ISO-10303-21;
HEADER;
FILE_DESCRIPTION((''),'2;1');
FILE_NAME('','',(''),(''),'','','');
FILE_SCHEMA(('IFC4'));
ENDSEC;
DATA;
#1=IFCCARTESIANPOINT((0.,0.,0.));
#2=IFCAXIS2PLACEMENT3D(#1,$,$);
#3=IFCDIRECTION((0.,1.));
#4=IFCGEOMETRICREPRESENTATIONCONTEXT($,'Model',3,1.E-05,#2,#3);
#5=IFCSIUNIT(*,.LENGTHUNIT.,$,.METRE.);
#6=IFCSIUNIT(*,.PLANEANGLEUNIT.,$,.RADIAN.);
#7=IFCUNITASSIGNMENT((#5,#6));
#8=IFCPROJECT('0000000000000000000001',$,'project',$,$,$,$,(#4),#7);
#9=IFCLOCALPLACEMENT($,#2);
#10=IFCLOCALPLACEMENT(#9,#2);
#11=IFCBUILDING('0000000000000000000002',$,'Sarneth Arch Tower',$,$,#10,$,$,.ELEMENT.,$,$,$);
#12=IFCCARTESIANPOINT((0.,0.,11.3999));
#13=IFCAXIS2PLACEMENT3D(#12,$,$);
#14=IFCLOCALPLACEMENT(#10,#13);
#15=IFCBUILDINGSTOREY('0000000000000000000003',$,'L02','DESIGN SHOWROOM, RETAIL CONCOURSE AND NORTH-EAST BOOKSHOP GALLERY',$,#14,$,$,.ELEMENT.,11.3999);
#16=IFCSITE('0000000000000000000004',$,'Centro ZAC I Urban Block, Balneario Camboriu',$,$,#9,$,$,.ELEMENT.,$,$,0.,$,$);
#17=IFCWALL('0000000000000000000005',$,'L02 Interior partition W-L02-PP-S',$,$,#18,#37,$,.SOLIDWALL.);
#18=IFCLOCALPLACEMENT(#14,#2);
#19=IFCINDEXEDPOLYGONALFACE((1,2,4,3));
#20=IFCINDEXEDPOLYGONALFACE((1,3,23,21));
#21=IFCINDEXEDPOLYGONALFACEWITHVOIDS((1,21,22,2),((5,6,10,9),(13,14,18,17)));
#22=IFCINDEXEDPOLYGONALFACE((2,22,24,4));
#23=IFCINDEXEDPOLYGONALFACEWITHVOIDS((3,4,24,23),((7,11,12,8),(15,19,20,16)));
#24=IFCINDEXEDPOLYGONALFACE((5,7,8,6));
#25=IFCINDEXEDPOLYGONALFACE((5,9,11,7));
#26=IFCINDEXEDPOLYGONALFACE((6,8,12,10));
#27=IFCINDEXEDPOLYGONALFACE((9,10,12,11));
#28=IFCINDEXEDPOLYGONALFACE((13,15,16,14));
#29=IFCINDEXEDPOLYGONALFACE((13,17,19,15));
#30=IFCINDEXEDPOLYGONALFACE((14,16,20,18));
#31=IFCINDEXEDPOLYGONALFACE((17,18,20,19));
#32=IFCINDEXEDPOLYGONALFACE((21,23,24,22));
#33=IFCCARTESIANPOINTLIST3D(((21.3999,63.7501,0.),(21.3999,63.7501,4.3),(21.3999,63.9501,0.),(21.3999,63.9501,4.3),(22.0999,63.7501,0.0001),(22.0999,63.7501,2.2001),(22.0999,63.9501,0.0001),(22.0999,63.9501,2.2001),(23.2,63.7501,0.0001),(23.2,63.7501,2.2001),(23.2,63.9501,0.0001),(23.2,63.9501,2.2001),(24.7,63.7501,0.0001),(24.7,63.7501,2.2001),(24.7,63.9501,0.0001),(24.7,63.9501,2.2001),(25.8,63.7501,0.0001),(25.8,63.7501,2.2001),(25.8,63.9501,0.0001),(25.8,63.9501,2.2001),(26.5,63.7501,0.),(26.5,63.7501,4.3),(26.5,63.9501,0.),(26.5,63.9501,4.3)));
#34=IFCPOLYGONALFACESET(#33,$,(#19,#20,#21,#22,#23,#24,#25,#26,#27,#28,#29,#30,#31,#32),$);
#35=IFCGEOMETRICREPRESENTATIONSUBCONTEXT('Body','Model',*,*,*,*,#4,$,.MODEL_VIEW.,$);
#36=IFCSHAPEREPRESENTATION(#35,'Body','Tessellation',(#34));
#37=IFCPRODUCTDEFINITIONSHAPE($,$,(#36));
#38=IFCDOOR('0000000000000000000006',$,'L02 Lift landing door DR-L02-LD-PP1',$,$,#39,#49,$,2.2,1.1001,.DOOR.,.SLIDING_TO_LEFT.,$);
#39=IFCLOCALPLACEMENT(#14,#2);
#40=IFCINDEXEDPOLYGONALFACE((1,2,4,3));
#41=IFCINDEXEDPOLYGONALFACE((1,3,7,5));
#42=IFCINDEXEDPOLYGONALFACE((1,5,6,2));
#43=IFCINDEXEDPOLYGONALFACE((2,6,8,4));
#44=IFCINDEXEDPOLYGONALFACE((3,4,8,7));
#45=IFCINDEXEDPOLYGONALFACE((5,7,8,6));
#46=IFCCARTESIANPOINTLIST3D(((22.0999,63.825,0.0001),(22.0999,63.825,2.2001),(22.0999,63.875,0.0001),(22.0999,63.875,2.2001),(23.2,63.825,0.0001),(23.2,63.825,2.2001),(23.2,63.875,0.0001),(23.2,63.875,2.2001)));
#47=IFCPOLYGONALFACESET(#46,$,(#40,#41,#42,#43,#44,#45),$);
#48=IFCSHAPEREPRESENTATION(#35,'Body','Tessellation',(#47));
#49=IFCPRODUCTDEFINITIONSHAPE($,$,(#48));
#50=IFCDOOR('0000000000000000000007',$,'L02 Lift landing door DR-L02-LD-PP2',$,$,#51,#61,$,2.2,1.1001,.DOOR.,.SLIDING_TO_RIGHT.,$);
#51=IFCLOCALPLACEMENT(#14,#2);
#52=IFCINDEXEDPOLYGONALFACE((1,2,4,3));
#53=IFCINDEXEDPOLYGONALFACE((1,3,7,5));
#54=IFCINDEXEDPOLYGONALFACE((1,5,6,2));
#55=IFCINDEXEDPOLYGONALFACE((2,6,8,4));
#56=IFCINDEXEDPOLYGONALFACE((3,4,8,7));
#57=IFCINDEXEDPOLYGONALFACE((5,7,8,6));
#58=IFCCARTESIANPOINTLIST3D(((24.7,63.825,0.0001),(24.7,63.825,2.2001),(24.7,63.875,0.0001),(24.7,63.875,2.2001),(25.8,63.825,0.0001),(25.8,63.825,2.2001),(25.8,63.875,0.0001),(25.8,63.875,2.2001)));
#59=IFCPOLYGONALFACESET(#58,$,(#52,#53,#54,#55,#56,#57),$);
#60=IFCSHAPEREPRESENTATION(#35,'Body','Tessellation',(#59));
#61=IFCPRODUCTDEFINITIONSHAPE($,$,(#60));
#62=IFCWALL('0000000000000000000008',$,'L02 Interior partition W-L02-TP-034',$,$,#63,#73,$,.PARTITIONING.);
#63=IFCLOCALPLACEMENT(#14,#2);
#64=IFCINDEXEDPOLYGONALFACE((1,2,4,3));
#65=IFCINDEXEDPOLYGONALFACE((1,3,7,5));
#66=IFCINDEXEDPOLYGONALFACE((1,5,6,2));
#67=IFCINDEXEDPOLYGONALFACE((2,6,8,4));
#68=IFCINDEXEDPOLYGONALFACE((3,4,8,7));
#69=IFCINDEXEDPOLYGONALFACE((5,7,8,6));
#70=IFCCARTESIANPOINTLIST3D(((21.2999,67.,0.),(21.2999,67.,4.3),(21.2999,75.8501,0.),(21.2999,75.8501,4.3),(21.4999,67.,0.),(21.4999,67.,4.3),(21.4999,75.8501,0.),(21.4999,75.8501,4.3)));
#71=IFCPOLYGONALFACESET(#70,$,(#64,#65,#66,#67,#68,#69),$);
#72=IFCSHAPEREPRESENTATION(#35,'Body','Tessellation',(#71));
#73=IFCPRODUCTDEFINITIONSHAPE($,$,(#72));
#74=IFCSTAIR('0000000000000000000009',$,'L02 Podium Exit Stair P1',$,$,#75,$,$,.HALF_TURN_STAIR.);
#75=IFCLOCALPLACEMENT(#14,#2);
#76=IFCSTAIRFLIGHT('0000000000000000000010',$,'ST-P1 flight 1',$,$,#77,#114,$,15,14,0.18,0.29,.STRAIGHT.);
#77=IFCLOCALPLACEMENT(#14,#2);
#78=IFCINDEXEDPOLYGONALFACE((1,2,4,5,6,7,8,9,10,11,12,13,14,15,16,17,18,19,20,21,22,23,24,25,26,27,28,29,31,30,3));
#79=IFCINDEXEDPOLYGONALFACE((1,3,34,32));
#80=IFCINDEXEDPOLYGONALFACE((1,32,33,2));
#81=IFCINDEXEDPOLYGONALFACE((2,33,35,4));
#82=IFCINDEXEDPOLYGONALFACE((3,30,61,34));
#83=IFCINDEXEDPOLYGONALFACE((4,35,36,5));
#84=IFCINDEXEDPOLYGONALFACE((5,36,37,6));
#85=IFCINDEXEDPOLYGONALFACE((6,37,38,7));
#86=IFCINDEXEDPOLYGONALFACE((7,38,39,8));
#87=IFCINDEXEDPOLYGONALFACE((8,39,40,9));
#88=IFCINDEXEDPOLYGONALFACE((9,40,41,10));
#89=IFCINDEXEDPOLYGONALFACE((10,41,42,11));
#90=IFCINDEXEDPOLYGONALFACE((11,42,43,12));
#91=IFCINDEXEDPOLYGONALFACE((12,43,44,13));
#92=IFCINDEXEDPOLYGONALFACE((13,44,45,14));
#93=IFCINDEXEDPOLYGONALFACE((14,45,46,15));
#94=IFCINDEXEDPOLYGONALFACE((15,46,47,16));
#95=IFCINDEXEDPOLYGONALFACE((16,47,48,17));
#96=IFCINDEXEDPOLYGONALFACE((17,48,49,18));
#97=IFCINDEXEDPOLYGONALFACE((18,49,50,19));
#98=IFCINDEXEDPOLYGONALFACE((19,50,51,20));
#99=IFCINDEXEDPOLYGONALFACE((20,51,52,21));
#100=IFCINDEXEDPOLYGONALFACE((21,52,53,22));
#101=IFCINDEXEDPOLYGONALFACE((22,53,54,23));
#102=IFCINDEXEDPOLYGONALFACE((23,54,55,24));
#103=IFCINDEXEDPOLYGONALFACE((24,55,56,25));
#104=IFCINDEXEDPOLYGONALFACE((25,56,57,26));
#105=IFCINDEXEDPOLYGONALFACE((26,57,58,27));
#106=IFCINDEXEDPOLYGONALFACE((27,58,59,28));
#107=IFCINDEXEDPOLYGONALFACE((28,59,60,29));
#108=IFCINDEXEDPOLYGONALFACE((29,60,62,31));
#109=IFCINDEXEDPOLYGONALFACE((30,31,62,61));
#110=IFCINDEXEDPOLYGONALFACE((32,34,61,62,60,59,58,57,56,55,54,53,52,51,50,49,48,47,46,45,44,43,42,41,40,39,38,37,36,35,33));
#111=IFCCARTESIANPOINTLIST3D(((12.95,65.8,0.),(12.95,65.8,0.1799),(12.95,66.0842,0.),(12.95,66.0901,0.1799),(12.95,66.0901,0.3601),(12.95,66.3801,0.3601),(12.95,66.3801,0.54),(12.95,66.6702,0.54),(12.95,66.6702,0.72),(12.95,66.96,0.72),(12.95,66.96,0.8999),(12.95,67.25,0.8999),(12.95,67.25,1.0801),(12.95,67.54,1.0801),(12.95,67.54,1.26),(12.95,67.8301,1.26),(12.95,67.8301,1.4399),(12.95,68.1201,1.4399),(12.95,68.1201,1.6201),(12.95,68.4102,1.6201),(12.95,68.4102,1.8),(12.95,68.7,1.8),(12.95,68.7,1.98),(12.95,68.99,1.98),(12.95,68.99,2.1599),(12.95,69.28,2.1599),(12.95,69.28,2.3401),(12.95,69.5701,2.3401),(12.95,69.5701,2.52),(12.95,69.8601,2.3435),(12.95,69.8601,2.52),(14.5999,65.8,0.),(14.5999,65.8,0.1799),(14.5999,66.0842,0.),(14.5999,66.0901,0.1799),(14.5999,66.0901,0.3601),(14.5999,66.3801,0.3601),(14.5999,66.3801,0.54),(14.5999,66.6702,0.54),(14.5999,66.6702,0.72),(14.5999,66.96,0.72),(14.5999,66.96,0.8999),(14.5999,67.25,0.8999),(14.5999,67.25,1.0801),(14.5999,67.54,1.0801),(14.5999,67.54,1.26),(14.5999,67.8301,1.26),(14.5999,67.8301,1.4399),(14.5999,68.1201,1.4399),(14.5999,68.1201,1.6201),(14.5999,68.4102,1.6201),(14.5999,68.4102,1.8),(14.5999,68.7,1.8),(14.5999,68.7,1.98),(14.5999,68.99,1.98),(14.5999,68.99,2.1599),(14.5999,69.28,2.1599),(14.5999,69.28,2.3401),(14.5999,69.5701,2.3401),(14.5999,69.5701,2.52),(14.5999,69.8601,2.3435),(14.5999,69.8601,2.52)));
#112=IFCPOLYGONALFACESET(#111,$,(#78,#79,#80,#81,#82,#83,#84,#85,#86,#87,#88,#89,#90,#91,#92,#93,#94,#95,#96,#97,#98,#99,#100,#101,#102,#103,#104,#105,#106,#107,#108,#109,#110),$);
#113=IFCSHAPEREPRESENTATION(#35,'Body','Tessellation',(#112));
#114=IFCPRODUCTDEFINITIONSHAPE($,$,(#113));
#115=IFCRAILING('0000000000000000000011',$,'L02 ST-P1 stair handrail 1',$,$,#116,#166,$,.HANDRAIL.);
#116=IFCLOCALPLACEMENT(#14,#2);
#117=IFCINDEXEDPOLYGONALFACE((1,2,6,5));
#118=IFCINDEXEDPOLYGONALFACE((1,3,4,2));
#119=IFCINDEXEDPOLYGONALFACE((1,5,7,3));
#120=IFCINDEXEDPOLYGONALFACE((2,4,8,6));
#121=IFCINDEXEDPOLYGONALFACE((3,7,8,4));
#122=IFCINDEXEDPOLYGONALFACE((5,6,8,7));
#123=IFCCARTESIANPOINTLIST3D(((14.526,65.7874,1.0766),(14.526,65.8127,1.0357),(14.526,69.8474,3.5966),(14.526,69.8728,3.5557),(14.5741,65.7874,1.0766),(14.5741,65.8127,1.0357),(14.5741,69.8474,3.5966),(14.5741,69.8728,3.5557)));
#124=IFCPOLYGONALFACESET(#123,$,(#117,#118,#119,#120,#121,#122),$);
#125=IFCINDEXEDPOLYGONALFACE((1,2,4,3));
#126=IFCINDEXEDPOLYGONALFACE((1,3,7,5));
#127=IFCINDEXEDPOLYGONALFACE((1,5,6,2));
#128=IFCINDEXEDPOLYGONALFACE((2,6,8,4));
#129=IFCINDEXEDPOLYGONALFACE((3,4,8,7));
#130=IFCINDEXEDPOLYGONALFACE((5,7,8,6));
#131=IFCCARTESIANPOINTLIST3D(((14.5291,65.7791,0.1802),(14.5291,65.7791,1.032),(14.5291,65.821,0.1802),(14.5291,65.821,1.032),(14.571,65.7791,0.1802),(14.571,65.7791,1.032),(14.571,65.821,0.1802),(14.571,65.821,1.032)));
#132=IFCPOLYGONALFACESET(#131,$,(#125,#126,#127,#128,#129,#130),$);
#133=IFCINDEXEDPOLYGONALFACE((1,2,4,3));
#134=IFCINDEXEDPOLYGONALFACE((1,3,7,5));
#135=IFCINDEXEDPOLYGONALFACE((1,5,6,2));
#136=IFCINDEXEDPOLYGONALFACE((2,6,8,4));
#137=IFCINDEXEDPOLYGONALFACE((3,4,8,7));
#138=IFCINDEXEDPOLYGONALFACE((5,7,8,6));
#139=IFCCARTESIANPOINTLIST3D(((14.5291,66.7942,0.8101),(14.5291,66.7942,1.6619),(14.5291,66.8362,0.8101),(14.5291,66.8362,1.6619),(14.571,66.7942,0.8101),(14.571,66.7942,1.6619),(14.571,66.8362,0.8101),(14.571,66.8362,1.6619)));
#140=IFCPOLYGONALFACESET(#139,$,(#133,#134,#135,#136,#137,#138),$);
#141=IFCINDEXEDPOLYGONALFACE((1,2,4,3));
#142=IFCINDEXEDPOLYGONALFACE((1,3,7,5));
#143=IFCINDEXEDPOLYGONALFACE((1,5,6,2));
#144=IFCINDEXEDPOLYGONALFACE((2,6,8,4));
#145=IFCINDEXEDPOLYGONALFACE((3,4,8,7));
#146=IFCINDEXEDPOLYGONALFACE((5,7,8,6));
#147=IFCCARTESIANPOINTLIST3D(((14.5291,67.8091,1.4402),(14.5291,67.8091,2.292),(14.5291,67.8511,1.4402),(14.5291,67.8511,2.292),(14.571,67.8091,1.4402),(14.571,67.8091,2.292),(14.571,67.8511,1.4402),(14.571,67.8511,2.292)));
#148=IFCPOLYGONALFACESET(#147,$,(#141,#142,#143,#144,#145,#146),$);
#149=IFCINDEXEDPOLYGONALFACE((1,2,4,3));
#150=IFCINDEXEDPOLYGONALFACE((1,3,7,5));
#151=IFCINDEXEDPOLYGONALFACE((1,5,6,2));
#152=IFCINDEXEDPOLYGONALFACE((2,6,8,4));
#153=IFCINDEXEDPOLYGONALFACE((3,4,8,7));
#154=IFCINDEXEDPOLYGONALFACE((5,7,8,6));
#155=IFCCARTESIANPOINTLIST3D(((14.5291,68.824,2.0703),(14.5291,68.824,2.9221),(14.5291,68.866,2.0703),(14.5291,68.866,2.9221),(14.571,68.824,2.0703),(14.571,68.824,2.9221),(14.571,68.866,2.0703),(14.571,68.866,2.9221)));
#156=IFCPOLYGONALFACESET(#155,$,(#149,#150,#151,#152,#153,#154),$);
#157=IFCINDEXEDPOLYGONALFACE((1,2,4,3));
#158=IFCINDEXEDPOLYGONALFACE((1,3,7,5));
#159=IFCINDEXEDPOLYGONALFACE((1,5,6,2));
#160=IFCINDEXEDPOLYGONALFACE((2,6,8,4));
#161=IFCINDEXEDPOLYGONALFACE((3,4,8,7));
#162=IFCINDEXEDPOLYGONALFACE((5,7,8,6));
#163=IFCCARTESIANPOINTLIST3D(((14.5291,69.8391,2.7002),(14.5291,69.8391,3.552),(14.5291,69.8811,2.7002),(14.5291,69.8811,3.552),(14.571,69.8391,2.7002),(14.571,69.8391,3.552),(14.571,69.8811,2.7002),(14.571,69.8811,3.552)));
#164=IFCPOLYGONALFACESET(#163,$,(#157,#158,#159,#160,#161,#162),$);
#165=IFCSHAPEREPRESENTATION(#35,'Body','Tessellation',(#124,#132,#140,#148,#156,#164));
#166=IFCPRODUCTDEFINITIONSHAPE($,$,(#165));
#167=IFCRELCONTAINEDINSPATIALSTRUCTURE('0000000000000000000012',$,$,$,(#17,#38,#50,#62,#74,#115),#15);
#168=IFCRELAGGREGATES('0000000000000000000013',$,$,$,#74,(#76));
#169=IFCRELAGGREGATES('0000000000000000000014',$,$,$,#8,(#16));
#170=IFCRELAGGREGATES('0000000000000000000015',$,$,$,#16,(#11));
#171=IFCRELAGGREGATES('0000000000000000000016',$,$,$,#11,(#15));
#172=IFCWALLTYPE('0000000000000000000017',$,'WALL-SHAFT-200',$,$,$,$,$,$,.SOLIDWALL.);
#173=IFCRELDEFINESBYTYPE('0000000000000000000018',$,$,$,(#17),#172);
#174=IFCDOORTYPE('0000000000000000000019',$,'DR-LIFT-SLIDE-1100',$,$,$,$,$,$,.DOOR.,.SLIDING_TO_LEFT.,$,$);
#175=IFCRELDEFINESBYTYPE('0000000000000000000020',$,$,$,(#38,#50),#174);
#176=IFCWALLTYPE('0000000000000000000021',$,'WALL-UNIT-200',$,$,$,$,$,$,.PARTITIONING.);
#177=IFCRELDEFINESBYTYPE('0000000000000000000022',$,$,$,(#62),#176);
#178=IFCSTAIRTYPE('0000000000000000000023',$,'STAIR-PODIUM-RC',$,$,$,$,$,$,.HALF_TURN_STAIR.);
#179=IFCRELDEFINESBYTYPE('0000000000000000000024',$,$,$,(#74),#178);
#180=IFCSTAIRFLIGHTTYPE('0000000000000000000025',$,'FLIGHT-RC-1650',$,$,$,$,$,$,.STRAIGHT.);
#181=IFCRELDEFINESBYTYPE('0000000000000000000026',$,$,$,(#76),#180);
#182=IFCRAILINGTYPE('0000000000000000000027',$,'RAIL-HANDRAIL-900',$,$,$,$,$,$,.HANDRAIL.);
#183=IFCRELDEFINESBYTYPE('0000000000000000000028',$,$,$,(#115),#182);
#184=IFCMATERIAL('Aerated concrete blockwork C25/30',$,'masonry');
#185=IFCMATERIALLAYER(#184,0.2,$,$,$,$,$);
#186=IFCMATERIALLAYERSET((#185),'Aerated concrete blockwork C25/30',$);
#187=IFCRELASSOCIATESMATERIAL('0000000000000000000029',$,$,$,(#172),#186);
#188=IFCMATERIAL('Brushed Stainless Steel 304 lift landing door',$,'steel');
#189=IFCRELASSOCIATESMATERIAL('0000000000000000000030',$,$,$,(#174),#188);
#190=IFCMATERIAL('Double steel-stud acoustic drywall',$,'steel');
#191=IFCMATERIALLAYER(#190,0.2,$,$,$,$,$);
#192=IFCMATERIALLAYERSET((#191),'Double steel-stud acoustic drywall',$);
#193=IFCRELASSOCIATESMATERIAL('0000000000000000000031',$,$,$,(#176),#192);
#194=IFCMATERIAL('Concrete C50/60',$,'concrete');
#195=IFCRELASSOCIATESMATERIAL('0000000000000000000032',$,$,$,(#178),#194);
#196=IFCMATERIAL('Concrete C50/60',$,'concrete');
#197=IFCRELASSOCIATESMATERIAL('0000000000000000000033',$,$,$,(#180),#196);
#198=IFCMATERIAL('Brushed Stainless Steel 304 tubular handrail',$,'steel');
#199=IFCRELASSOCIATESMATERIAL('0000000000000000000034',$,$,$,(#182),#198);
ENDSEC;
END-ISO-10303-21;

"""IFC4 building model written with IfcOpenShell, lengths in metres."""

from ifc_helpers import new_model, si_unit, direction, frame, frame_2d, origin, origin_2d, place, context, subcontext, project, spatial, polyline, rectangle, outline, extrude, material, layer, layer_set, type_object, element, fill, aggregate, save


model = new_model("IFC4")

# Units and contexts
model_context = context("Model", 3, precision=1e-05, world=origin(), true_north=direction((0.0, 1.0)))
body_context = subcontext(model_context, "Body", "Model", "MODEL_VIEW")
ifc_project = project(units=[si_unit("LENGTHUNIT", "METRE"), si_unit("PLANEANGLEUNIT", "RADIAN")], contexts=[model_context])

# Site, building, storey
site_placement = place(None, origin())
site = spatial("IfcSite", under=ifc_project, at=site_placement, Name="Centro ZAC I Urban Block, Balneario Camboriu", CompositionType="ELEMENT", RefElevation=0.0)
building_placement = place(site_placement, origin())
building = spatial("IfcBuilding", under=site, at=building_placement, Name="Sarneth Arch Tower", CompositionType="ELEMENT")
storey_placement = place(building_placement, frame((0.0, 0.0, 11.3999)))
storey = spatial("IfcBuildingStorey", under=building, at=storey_placement, Name="L02", Description="DESIGN SHOWROOM, RETAIL CONCOURSE AND NORTH-EAST BOOKSHOP GALLERY", CompositionType="ELEMENT", Elevation=11.3999)

# Shared definitions
ifc_material_1 = material(Name="Aerated concrete blockwork C25/30", Category="masonry")
ifc_layer_1 = layer(ifc_material_1, 0.2)
ifc_layer_set_1 = layer_set([ifc_layer_1], Name="Aerated concrete blockwork C25/30")
wall_type_1 = type_object("IfcWallType", Name="WALL-SHAFT-200", PredefinedType="SOLIDWALL", material=ifc_layer_set_1)

# Wall, openings, doors
wall_1_placement = place(storey_placement, frame((21.3999, 63.8501, 0.0), z_axis=(0.0, 0.0, 1.0), x_axis=(1.0, 0.0, 0.0)))
wall_1 = element("IfcWall", 1, at=wall_1_placement, inside=storey, type_object=wall_type_1, Name="L02 Interior partition W-L02-PP-S", PredefinedType="SOLIDWALL", context=body_context, shape_type="SweptSolid", body=[
    extrude(rectangle(XDim=5.1001, YDim=0.2, at=frame_2d((2.55, 0.0))), origin(), (0.0, 0.0, 1.0), 4.3),
])
opening_1_placement = place(wall_1_placement, frame((0.7, 0.0, 0.0)))
opening_1 = element("IfcOpeningElement", 2, at=opening_1_placement, cuts=wall_1, PredefinedType="OPENING", context=body_context, shape_type="SweptSolid", body=[
    extrude(rectangle(XDim=1.1001, YDim=2.2, at=frame_2d((0.55, 1.1001))), frame((0.0, 0.1099, 0.0), z_axis=(0.0, -1.0, 0.0), x_axis=(1.0, 0.0, 0.0)), (0.0, 0.0, 1.0), 0.22),
])
opening_2_placement = place(wall_1_placement, frame((3.3, 0.0, 0.0)))
opening_2 = element("IfcOpeningElement", 3, at=opening_2_placement, cuts=wall_1, PredefinedType="OPENING", context=body_context, shape_type="SweptSolid", body=[
    extrude(rectangle(XDim=1.1001, YDim=2.2, at=frame_2d((0.55, 1.1001))), frame((0.0, 0.1099, 0.0), z_axis=(0.0, -1.0, 0.0), x_axis=(1.0, 0.0, 0.0)), (0.0, 0.0, 1.0), 0.22),
])
ifc_material_2 = material(Name="Brushed Stainless Steel 304 lift landing door", Category="steel")
door_type_1 = type_object("IfcDoorType", Name="DR-LIFT-SLIDE-1100", OperationType="SLIDING_TO_LEFT", PredefinedType="DOOR", material=ifc_material_2)
door_1_placement = place(opening_1_placement, origin())
door_1 = element("IfcDoor", 4, at=door_1_placement, inside=storey, type_object=door_type_1, Name="L02 Lift landing door DR-L02-LD-PP1", OperationType="SLIDING_TO_LEFT", OverallHeight=2.2, OverallWidth=1.1001, PredefinedType="DOOR", context=body_context, shape_type="SweptSolid", body=[
    extrude(rectangle(XDim=1.1001, YDim=2.2, at=frame_2d((0.55, 1.1001))), frame((0.0, 0.0249, 0.0), z_axis=(0.0, -1.0, 0.0), x_axis=(1.0, 0.0, 0.0)), (0.0, 0.0, 1.0), 0.05),
])
fill(opening_1, door_1)
door_2_placement = place(opening_2_placement, origin())
door_2 = element("IfcDoor", 5, at=door_2_placement, inside=storey, type_object=door_type_1, Name="L02 Lift landing door DR-L02-LD-PP2", OperationType="SLIDING_TO_RIGHT", OverallHeight=2.2, OverallWidth=1.1001, PredefinedType="DOOR", context=body_context, shape_type="SweptSolid", body=[
    extrude(rectangle(XDim=1.1001, YDim=2.2, at=frame_2d((0.55, 1.1001))), frame((0.0, 0.0249, 0.0), z_axis=(0.0, -1.0, 0.0), x_axis=(1.0, 0.0, 0.0)), (0.0, 0.0, 1.0), 0.05),
])
fill(opening_2, door_2)

# Wall
ifc_material_3 = material(Name="Double steel-stud acoustic drywall", Category="steel")
ifc_layer_2 = layer(ifc_material_3, 0.2)
ifc_layer_set_2 = layer_set([ifc_layer_2], Name="Double steel-stud acoustic drywall")
wall_type_2 = type_object("IfcWallType", Name="WALL-UNIT-200", PredefinedType="PARTITIONING", material=ifc_layer_set_2)
wall_2_placement = place(storey_placement, frame((21.3999, 67.0, 0.0), z_axis=(0.0, 0.0, 1.0), x_axis=(0.0, 1.0, 0.0)))
element("IfcWall", 6, at=wall_2_placement, inside=storey, type_object=wall_type_2, Name="L02 Interior partition W-L02-TP-034", PredefinedType="PARTITIONING", context=body_context, shape_type="SweptSolid", body=[
    extrude(rectangle(XDim=8.8501, YDim=0.2, at=frame_2d((4.425, 0.0))), origin(), (0.0, 0.0, 1.0), 4.3),
])

# Stair, stair flight
ifc_material_4 = material(Name="Concrete C50/60", Category="concrete")
stair_type = type_object("IfcStairType", Name="STAIR-PODIUM-RC", PredefinedType="HALF_TURN_STAIR", material=ifc_material_4)
stair_placement = place(storey_placement, origin())
stair = element("IfcStair", 7, at=stair_placement, inside=storey, type_object=stair_type, Name="L02 Podium Exit Stair P1", PredefinedType="HALF_TURN_STAIR")
ifc_material_5 = material(Name="Concrete C50/60", Category="concrete")
stair_flight_type = type_object("IfcStairFlightType", Name="FLIGHT-RC-1650", PredefinedType="STRAIGHT", material=ifc_material_5)
stair_flight_placement = place(storey_placement, frame((13.7749, 65.8, 0.0), z_axis=(0.0, 0.0, 1.0), x_axis=(0.0, 1.0, 0.0)))
stair_flight = element("IfcStairFlight", 8, at=stair_flight_placement, type_object=stair_flight_type, Name="ST-P1 flight 1", NumberOfRisers=15, NumberOfTreads=14, PredefinedType="STRAIGHT", RiserHeight=0.18, TreadLength=0.29, context=body_context, shape_type="SweptSolid", body=[
    extrude(outline(polyline([(0.0, 0.0), (0.0, 0.1799), (0.29, 0.1799), (0.29, 0.3601), (0.5801, 0.3601), (0.5801, 0.54), (0.8701, 0.54), (0.8701, 0.72), (1.1599, 0.72), (1.1599, 0.8999), (1.45, 0.8999), (1.45, 1.0801), (1.74, 1.0801), (1.74, 1.26), (2.03, 1.26), (2.03, 1.4399), (2.3201, 1.4399), (2.3201, 1.6201), (2.6101, 1.6201), (2.6101, 1.8), (2.8999, 1.8), (2.8999, 1.98), (3.1899, 1.98), (3.1899, 2.1599), (3.48, 2.1599), (3.48, 2.3401), (3.77, 2.3401), (3.77, 2.52), (4.0601, 2.52), (4.0601, 2.7), (4.0601, 2.3435), (0.2842, 0.0), (0.0, 0.0)])), frame((0.0, 0.825, 0.0), z_axis=(0.0, -1.0, 0.0), x_axis=(1.0, 0.0, 0.0)), (0.0, 0.0, 1.0), 1.6499),
])
aggregate(stair, [stair_flight])

# Railing
ifc_material_6 = material(Name="Brushed Stainless Steel 304 tubular handrail", Category="steel")
railing_type_1 = type_object("IfcRailingType", Name="RAIL-HANDRAIL-900", PredefinedType="HANDRAIL", material=ifc_material_6)
railing_1_placement = place(storey_placement, frame((14.55, 65.8, 0.1802)))
element("IfcRailing", 9, at=railing_1_placement, inside=storey, type_object=railing_type_1, Name="L02 ST-P1 stair handrail 1", PredefinedType="HANDRAIL", context=body_context, shape_type="SweptSolid", body=[
    extrude(rectangle(XDim=0.0481, YDim=0.0481, at=origin_2d()), frame((0.0, 0.0, 0.876), z_axis=(0.0, 0.849642, 0.52736), x_axis=(-1.0, 0.0, 0.0)), (0.0, 0.0, 1.0), 4.7786),
    extrude(rectangle(XDim=0.042, YDim=0.042, at=origin_2d()), origin(), (0.0, 0.0, 1.0), 0.8518),
    extrude(rectangle(XDim=0.042, YDim=0.042, at=origin_2d()), frame((0.0, 1.0151, 0.6299)), (0.0, 0.0, 1.0), 0.8518),
    extrude(rectangle(XDim=0.042, YDim=0.042, at=origin_2d()), frame((0.0, 2.03, 1.26)), (0.0, 0.0, 1.0), 0.8518),
    extrude(rectangle(XDim=0.042, YDim=0.042, at=origin_2d()), frame((0.0, 3.0449, 1.8901)), (0.0, 0.0, 1.0), 0.8518),
    extrude(rectangle(XDim=0.042, YDim=0.042, at=origin_2d()), frame((0.0, 4.0601, 2.52)), (0.0, 0.0, 1.0), 0.8518),
])

save(model, "model.ifc")
